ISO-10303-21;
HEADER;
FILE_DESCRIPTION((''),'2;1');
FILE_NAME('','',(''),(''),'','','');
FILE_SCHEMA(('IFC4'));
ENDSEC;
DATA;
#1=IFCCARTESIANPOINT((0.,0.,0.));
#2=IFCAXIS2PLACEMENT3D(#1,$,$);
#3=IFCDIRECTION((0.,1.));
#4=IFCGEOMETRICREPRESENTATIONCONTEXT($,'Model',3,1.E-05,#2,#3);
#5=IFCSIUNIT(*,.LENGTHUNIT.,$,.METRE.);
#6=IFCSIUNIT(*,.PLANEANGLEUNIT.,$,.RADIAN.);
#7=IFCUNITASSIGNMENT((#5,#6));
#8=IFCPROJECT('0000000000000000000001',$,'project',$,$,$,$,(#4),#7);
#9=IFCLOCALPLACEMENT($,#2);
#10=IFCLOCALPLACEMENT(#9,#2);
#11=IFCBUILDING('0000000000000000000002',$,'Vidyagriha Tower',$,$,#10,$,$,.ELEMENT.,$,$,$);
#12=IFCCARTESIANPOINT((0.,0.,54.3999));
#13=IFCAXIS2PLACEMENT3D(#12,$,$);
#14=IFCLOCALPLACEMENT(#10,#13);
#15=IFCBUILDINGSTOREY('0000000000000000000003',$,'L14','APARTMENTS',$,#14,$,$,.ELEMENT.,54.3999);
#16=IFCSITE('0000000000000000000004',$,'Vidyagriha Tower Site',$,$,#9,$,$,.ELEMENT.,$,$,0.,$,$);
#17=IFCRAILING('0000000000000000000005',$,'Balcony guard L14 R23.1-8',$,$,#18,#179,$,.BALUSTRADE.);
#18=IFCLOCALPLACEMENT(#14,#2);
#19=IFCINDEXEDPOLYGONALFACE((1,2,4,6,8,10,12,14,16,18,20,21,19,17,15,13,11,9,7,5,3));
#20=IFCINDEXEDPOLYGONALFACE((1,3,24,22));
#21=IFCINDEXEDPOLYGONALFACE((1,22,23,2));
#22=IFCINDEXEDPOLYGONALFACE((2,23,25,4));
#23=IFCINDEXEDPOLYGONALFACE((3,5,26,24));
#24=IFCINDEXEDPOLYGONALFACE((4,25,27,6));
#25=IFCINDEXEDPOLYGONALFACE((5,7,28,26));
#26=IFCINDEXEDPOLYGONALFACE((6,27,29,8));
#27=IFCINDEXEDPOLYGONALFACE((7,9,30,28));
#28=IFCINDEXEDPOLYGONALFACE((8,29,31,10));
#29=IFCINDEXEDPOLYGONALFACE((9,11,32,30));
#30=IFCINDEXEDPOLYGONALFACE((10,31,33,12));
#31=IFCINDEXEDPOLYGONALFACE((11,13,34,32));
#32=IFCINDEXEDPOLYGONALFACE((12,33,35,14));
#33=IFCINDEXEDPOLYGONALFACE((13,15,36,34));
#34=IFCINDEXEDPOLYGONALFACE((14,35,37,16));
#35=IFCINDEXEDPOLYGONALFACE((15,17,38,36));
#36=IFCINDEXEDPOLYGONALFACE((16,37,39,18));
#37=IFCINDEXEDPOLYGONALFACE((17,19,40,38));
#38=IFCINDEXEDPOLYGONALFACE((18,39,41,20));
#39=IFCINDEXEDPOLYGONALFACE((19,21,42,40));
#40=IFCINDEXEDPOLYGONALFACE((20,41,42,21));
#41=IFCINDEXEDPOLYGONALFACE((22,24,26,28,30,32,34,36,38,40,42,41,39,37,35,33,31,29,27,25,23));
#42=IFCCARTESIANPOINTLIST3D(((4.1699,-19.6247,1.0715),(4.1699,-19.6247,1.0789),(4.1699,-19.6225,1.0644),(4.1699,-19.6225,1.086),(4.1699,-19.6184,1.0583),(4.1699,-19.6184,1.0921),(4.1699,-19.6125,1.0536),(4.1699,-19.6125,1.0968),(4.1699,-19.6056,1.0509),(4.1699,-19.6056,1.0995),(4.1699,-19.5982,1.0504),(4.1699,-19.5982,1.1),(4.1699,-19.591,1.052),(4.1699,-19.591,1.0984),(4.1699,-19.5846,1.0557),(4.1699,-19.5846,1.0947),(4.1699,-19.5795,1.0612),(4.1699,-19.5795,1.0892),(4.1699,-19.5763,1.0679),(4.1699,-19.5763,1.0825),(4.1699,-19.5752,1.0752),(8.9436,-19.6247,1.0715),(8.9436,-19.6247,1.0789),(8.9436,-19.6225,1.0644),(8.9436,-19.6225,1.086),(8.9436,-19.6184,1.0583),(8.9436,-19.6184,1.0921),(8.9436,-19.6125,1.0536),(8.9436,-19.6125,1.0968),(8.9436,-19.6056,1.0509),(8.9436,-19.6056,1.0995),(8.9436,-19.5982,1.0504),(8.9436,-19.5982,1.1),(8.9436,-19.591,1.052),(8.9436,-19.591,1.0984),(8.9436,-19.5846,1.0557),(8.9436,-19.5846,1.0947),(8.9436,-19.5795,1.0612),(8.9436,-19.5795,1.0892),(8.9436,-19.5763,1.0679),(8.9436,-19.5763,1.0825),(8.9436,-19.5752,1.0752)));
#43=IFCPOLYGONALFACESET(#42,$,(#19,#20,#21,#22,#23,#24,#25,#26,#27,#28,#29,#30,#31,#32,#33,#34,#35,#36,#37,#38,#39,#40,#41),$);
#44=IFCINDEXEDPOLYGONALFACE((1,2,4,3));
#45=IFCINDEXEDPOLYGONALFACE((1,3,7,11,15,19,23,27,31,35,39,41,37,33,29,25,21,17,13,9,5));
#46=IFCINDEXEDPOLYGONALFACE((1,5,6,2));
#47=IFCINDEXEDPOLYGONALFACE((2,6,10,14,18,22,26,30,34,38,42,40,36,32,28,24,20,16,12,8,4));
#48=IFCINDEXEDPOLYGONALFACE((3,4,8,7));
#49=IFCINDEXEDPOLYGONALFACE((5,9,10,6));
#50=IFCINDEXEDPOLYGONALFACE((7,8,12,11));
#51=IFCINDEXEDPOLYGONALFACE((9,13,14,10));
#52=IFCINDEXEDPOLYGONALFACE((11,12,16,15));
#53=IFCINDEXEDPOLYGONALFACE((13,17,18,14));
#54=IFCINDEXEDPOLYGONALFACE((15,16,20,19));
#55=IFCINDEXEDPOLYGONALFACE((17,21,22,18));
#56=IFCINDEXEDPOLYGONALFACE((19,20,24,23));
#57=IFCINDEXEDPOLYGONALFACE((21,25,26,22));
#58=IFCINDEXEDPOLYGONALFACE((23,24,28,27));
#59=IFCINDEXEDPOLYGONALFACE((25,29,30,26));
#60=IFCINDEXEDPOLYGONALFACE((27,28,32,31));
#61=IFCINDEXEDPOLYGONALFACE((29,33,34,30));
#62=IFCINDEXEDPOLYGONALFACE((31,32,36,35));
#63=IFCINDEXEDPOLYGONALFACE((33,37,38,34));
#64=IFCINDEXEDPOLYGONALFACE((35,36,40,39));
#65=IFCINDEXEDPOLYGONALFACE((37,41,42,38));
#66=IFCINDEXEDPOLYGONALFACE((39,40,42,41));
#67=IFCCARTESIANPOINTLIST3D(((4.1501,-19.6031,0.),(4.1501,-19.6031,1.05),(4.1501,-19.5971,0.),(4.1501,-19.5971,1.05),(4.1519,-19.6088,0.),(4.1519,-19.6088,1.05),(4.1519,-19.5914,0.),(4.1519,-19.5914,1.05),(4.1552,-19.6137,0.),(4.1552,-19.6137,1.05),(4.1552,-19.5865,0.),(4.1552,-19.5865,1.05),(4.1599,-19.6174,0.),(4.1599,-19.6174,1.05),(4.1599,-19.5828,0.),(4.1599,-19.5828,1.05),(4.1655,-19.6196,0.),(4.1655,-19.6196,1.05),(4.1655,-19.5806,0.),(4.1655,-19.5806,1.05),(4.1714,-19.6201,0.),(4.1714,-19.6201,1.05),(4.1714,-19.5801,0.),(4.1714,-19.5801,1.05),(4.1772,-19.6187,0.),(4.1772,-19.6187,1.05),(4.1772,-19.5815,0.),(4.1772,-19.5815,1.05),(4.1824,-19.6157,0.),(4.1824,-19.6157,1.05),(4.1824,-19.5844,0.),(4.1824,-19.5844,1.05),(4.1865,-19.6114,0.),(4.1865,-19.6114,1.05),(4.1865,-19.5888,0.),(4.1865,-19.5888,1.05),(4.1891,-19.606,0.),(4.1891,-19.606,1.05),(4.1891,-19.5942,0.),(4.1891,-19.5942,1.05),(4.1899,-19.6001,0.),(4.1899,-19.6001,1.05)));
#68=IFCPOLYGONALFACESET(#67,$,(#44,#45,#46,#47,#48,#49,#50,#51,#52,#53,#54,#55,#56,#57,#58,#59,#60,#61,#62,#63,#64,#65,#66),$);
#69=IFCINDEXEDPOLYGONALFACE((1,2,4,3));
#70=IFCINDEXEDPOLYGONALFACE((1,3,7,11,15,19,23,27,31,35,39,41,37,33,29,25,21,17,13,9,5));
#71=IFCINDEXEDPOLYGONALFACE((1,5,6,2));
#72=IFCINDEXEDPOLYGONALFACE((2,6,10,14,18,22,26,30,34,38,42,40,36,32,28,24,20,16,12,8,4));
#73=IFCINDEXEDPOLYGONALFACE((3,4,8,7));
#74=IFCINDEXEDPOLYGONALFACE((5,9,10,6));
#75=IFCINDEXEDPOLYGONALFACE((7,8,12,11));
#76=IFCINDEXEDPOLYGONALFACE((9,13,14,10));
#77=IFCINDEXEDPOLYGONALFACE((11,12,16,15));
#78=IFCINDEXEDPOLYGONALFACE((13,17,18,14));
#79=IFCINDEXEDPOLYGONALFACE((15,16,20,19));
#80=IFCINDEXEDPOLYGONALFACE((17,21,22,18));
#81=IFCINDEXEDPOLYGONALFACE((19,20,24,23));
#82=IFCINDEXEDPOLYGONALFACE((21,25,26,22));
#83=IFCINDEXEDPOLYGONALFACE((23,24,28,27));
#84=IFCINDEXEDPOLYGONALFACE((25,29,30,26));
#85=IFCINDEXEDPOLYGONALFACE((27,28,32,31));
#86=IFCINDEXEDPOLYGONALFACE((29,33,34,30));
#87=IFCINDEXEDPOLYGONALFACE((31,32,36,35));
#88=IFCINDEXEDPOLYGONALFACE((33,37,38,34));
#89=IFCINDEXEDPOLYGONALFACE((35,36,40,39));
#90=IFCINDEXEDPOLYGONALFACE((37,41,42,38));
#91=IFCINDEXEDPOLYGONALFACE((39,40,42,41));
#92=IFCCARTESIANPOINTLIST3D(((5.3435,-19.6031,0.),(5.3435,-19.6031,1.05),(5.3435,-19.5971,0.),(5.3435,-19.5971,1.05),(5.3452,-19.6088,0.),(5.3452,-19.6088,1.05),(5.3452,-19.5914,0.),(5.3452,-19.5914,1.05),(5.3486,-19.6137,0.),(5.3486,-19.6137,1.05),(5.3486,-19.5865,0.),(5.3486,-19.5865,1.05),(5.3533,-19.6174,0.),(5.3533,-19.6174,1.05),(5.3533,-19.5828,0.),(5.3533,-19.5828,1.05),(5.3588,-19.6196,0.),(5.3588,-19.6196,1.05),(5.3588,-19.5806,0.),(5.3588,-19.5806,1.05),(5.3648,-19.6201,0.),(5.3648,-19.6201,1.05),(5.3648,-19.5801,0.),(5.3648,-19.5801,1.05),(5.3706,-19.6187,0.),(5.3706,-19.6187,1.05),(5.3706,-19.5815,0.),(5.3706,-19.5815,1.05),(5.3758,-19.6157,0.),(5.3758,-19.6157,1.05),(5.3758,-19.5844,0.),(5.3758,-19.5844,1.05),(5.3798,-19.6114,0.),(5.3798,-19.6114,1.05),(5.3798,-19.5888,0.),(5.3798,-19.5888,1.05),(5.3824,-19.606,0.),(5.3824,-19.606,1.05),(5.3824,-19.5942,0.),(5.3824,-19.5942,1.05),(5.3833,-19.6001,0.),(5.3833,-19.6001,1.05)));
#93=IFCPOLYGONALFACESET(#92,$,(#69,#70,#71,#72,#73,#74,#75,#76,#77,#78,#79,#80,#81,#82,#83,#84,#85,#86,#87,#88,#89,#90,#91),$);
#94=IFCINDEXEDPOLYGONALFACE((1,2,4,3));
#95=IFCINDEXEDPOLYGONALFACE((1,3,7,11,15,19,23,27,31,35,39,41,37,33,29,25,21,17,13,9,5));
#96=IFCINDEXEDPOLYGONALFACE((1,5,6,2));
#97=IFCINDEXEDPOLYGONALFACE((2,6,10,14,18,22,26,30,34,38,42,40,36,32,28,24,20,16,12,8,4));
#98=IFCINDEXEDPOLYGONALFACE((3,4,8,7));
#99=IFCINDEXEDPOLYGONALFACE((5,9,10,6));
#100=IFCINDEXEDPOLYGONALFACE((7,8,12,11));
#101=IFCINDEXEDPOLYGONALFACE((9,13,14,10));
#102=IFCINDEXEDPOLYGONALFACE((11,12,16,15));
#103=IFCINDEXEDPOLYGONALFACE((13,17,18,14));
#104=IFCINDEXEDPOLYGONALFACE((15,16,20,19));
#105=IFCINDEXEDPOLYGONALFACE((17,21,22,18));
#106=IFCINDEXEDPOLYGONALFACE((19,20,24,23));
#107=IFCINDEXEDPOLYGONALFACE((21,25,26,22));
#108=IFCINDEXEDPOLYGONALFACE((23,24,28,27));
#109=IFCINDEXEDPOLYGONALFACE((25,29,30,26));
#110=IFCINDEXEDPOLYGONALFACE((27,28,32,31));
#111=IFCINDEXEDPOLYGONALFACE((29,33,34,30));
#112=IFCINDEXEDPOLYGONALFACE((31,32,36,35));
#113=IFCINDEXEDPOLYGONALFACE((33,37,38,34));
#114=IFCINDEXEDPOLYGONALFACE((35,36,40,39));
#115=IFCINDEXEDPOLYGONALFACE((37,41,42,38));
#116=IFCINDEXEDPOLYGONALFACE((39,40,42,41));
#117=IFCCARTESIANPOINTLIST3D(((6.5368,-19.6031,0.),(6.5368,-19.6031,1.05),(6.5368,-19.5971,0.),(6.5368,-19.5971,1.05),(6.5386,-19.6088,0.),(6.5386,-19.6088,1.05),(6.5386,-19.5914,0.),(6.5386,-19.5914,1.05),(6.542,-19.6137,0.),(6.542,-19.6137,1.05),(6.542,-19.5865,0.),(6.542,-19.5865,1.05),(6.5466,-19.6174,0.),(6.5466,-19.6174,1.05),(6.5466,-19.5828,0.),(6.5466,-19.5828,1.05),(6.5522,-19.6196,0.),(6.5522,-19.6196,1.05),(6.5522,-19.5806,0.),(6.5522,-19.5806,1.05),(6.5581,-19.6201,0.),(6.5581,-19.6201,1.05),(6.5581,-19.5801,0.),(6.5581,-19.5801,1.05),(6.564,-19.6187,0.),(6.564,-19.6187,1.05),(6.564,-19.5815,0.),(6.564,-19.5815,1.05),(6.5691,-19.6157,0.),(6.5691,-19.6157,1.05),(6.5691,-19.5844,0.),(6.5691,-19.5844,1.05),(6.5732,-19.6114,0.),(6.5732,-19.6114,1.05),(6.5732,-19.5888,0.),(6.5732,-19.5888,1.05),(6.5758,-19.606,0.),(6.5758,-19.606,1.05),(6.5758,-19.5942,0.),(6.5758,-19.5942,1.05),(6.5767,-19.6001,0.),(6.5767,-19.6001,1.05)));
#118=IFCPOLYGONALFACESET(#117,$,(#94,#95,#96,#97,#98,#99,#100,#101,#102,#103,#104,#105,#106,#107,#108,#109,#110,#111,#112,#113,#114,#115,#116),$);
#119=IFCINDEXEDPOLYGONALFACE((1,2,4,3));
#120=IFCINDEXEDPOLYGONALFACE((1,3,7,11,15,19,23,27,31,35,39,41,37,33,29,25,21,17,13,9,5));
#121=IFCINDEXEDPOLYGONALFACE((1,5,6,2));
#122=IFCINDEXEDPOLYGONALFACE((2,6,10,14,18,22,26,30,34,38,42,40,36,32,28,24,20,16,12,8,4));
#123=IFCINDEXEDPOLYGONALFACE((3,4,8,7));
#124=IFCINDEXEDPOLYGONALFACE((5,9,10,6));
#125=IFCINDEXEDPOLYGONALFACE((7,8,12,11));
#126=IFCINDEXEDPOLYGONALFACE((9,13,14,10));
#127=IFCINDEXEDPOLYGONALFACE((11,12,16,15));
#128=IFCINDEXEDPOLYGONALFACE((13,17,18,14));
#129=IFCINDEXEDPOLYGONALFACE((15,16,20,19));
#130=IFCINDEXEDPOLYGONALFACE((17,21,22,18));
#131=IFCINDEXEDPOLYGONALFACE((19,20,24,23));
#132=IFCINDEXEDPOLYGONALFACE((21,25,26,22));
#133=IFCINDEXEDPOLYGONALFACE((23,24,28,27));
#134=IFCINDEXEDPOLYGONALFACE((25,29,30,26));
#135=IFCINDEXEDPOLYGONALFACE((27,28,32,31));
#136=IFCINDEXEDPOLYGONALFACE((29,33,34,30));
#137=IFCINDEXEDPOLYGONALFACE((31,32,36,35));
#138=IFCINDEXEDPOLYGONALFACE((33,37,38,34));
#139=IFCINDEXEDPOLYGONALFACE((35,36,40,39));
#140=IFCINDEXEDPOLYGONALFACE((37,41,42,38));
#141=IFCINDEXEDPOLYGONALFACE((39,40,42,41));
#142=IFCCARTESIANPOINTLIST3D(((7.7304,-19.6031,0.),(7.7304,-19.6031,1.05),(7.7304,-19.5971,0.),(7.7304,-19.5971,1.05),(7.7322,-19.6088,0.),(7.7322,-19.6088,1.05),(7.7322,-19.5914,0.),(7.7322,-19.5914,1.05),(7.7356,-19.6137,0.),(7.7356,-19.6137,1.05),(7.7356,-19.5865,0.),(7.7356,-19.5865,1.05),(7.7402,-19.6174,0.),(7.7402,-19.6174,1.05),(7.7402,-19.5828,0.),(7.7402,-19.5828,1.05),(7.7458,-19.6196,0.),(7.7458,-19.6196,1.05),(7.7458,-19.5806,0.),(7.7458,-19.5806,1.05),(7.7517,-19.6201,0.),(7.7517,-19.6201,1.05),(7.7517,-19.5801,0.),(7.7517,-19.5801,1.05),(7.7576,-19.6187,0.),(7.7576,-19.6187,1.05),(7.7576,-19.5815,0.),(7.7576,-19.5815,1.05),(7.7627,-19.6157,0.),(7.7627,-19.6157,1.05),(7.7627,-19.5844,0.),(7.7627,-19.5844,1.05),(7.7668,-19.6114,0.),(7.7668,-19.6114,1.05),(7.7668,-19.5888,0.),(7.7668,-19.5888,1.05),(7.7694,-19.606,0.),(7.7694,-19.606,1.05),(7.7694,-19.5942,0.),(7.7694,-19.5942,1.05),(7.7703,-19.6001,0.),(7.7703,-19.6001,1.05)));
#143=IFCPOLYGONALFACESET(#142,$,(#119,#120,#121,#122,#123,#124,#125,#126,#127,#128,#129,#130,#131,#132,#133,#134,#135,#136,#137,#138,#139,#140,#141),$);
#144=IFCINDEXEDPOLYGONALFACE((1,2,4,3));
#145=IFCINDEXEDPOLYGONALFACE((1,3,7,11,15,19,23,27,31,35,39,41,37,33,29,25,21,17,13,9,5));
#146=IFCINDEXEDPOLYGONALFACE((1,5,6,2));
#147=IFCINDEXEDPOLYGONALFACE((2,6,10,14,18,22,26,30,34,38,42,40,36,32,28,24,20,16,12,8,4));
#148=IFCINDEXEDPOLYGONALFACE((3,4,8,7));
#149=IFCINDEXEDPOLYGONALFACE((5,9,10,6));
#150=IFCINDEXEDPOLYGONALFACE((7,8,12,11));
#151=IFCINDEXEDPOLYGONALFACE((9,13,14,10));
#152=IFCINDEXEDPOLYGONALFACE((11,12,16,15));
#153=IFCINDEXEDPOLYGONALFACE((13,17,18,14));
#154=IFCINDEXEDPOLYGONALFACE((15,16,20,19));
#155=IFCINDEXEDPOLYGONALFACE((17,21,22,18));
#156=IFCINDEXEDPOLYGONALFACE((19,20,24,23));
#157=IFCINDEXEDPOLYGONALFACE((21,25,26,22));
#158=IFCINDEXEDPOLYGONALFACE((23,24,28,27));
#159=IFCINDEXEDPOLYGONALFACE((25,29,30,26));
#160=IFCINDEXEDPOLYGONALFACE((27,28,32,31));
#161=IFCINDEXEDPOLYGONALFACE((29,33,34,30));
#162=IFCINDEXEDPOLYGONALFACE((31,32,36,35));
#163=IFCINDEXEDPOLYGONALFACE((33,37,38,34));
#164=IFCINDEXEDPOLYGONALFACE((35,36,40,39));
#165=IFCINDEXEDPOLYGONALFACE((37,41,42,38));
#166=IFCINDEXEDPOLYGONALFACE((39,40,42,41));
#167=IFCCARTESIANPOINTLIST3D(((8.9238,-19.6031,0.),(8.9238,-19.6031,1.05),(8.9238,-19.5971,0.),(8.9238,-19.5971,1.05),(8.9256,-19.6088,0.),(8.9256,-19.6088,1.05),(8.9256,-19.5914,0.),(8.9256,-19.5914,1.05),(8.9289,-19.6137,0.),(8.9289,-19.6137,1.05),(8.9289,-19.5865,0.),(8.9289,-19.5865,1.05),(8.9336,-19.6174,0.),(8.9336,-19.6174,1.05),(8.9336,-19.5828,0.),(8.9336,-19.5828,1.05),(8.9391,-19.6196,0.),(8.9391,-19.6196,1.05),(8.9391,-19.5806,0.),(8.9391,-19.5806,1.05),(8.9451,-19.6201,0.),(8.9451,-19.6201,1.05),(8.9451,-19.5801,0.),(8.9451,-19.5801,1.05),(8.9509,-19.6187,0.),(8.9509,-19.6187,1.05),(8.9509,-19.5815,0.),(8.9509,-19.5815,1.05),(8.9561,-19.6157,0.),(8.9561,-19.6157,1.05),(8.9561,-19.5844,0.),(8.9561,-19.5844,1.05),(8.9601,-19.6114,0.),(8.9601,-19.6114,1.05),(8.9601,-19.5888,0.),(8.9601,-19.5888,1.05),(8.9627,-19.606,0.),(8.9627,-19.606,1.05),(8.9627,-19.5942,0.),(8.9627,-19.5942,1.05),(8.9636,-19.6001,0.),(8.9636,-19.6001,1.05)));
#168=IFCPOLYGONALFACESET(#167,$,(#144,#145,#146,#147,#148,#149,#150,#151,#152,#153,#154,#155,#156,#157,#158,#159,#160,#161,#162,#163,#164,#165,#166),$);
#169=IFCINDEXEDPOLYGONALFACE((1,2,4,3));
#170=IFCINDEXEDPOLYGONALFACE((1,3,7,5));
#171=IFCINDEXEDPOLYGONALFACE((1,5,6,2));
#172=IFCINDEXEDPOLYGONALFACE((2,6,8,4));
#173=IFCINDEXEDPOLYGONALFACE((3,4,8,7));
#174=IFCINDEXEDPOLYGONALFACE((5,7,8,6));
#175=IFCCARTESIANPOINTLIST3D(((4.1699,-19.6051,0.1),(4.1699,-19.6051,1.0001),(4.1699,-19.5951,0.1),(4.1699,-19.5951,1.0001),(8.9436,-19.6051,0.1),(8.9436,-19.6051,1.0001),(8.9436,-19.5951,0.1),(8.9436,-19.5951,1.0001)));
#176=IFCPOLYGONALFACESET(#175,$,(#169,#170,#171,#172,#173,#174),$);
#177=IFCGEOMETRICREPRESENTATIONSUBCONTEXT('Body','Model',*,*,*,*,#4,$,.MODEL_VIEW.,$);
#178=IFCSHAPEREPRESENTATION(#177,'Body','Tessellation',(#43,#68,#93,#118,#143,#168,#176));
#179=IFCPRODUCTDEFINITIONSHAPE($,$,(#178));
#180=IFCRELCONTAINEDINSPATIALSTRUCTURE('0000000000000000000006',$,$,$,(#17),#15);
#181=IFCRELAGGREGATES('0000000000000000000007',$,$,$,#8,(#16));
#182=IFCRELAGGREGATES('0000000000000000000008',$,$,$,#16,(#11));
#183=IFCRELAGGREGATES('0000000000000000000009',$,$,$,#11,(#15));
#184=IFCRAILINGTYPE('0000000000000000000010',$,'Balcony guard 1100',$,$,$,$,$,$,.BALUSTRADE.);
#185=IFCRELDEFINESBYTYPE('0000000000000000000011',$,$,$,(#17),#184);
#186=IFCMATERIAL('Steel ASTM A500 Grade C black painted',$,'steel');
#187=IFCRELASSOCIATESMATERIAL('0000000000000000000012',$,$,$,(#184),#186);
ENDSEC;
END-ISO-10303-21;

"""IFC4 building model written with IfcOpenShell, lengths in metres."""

from ifc_helpers import new_model, si_unit, direction, frame, origin, origin_2d, place, context, subcontext, project, spatial, rectangle, circle, extrude, material, type_object, element, save


model = new_model("IFC4")

# Units and contexts
model_context = context("Model", 3, precision=1e-05, world=origin(), true_north=direction((0.0, 1.0)))
body_context = subcontext(model_context, "Body", "Model", "MODEL_VIEW")
ifc_project = project(units=[si_unit("LENGTHUNIT", "METRE"), si_unit("PLANEANGLEUNIT", "RADIAN")], contexts=[model_context])

# Site, building, storey
site_placement = place(None, origin())
site = spatial("IfcSite", under=ifc_project, at=site_placement, Name="Vidyagriha Tower Site", CompositionType="ELEMENT", RefElevation=0.0)
building_placement = place(site_placement, origin())
building = spatial("IfcBuilding", under=site, at=building_placement, Name="Vidyagriha Tower", CompositionType="ELEMENT")
storey_placement = place(building_placement, frame((0.0, 0.0, 54.3999)))
storey = spatial("IfcBuildingStorey", under=building, at=storey_placement, Name="L14", Description="APARTMENTS", CompositionType="ELEMENT", Elevation=54.3999)

# Railing
ifc_material_1 = material(Name="Steel ASTM A500 Grade C black painted", Category="steel")
railing_type = type_object("IfcRailingType", Name="Balcony guard 1100", PredefinedType="BALUSTRADE", material=ifc_material_1)
railing_1_placement = place(storey_placement, frame((4.1699, -19.6001, 0.0)))
element("IfcRailing", 1, at=railing_1_placement, inside=storey, type_object=railing_type, Name="Balcony guard L14 R23.1-8", PredefinedType="BALUSTRADE", context=body_context, shape_type="SweptSolid", body=[
    extrude(circle(Radius=0.0249, at=origin_2d()), frame((0.0, 0.0, 1.0752), z_axis=(1.0, 0.0, 0.0), x_axis=(0.0, 1.0, 0.0)), (0.0, 0.0, 1.0), 4.7737),
    extrude(circle(Radius=0.02, at=origin_2d()), origin(), (0.0, 0.0, 1.0), 1.05),
    extrude(circle(Radius=0.02, at=origin_2d()), frame((1.1934, 0.0, 0.0)), (0.0, 0.0, 1.0), 1.05),
    extrude(circle(Radius=0.02, at=origin_2d()), frame((2.3867, 0.0, 0.0)), (0.0, 0.0, 1.0), 1.05),
    extrude(circle(Radius=0.02, at=origin_2d()), frame((3.5803, 0.0, 0.0)), (0.0, 0.0, 1.0), 1.05),
    extrude(circle(Radius=0.02, at=origin_2d()), frame((4.7737, 0.0, 0.0)), (0.0, 0.0, 1.0), 1.05),
    extrude(rectangle(XDim=0.01, YDim=0.9001, at=origin_2d()), frame((0.0, 0.0, 0.55), z_axis=(1.0, 0.0, 0.0), x_axis=(0.0, 1.0, 0.0)), (0.0, 0.0, 1.0), 4.7737),
])

save(model, "model.ifc")
